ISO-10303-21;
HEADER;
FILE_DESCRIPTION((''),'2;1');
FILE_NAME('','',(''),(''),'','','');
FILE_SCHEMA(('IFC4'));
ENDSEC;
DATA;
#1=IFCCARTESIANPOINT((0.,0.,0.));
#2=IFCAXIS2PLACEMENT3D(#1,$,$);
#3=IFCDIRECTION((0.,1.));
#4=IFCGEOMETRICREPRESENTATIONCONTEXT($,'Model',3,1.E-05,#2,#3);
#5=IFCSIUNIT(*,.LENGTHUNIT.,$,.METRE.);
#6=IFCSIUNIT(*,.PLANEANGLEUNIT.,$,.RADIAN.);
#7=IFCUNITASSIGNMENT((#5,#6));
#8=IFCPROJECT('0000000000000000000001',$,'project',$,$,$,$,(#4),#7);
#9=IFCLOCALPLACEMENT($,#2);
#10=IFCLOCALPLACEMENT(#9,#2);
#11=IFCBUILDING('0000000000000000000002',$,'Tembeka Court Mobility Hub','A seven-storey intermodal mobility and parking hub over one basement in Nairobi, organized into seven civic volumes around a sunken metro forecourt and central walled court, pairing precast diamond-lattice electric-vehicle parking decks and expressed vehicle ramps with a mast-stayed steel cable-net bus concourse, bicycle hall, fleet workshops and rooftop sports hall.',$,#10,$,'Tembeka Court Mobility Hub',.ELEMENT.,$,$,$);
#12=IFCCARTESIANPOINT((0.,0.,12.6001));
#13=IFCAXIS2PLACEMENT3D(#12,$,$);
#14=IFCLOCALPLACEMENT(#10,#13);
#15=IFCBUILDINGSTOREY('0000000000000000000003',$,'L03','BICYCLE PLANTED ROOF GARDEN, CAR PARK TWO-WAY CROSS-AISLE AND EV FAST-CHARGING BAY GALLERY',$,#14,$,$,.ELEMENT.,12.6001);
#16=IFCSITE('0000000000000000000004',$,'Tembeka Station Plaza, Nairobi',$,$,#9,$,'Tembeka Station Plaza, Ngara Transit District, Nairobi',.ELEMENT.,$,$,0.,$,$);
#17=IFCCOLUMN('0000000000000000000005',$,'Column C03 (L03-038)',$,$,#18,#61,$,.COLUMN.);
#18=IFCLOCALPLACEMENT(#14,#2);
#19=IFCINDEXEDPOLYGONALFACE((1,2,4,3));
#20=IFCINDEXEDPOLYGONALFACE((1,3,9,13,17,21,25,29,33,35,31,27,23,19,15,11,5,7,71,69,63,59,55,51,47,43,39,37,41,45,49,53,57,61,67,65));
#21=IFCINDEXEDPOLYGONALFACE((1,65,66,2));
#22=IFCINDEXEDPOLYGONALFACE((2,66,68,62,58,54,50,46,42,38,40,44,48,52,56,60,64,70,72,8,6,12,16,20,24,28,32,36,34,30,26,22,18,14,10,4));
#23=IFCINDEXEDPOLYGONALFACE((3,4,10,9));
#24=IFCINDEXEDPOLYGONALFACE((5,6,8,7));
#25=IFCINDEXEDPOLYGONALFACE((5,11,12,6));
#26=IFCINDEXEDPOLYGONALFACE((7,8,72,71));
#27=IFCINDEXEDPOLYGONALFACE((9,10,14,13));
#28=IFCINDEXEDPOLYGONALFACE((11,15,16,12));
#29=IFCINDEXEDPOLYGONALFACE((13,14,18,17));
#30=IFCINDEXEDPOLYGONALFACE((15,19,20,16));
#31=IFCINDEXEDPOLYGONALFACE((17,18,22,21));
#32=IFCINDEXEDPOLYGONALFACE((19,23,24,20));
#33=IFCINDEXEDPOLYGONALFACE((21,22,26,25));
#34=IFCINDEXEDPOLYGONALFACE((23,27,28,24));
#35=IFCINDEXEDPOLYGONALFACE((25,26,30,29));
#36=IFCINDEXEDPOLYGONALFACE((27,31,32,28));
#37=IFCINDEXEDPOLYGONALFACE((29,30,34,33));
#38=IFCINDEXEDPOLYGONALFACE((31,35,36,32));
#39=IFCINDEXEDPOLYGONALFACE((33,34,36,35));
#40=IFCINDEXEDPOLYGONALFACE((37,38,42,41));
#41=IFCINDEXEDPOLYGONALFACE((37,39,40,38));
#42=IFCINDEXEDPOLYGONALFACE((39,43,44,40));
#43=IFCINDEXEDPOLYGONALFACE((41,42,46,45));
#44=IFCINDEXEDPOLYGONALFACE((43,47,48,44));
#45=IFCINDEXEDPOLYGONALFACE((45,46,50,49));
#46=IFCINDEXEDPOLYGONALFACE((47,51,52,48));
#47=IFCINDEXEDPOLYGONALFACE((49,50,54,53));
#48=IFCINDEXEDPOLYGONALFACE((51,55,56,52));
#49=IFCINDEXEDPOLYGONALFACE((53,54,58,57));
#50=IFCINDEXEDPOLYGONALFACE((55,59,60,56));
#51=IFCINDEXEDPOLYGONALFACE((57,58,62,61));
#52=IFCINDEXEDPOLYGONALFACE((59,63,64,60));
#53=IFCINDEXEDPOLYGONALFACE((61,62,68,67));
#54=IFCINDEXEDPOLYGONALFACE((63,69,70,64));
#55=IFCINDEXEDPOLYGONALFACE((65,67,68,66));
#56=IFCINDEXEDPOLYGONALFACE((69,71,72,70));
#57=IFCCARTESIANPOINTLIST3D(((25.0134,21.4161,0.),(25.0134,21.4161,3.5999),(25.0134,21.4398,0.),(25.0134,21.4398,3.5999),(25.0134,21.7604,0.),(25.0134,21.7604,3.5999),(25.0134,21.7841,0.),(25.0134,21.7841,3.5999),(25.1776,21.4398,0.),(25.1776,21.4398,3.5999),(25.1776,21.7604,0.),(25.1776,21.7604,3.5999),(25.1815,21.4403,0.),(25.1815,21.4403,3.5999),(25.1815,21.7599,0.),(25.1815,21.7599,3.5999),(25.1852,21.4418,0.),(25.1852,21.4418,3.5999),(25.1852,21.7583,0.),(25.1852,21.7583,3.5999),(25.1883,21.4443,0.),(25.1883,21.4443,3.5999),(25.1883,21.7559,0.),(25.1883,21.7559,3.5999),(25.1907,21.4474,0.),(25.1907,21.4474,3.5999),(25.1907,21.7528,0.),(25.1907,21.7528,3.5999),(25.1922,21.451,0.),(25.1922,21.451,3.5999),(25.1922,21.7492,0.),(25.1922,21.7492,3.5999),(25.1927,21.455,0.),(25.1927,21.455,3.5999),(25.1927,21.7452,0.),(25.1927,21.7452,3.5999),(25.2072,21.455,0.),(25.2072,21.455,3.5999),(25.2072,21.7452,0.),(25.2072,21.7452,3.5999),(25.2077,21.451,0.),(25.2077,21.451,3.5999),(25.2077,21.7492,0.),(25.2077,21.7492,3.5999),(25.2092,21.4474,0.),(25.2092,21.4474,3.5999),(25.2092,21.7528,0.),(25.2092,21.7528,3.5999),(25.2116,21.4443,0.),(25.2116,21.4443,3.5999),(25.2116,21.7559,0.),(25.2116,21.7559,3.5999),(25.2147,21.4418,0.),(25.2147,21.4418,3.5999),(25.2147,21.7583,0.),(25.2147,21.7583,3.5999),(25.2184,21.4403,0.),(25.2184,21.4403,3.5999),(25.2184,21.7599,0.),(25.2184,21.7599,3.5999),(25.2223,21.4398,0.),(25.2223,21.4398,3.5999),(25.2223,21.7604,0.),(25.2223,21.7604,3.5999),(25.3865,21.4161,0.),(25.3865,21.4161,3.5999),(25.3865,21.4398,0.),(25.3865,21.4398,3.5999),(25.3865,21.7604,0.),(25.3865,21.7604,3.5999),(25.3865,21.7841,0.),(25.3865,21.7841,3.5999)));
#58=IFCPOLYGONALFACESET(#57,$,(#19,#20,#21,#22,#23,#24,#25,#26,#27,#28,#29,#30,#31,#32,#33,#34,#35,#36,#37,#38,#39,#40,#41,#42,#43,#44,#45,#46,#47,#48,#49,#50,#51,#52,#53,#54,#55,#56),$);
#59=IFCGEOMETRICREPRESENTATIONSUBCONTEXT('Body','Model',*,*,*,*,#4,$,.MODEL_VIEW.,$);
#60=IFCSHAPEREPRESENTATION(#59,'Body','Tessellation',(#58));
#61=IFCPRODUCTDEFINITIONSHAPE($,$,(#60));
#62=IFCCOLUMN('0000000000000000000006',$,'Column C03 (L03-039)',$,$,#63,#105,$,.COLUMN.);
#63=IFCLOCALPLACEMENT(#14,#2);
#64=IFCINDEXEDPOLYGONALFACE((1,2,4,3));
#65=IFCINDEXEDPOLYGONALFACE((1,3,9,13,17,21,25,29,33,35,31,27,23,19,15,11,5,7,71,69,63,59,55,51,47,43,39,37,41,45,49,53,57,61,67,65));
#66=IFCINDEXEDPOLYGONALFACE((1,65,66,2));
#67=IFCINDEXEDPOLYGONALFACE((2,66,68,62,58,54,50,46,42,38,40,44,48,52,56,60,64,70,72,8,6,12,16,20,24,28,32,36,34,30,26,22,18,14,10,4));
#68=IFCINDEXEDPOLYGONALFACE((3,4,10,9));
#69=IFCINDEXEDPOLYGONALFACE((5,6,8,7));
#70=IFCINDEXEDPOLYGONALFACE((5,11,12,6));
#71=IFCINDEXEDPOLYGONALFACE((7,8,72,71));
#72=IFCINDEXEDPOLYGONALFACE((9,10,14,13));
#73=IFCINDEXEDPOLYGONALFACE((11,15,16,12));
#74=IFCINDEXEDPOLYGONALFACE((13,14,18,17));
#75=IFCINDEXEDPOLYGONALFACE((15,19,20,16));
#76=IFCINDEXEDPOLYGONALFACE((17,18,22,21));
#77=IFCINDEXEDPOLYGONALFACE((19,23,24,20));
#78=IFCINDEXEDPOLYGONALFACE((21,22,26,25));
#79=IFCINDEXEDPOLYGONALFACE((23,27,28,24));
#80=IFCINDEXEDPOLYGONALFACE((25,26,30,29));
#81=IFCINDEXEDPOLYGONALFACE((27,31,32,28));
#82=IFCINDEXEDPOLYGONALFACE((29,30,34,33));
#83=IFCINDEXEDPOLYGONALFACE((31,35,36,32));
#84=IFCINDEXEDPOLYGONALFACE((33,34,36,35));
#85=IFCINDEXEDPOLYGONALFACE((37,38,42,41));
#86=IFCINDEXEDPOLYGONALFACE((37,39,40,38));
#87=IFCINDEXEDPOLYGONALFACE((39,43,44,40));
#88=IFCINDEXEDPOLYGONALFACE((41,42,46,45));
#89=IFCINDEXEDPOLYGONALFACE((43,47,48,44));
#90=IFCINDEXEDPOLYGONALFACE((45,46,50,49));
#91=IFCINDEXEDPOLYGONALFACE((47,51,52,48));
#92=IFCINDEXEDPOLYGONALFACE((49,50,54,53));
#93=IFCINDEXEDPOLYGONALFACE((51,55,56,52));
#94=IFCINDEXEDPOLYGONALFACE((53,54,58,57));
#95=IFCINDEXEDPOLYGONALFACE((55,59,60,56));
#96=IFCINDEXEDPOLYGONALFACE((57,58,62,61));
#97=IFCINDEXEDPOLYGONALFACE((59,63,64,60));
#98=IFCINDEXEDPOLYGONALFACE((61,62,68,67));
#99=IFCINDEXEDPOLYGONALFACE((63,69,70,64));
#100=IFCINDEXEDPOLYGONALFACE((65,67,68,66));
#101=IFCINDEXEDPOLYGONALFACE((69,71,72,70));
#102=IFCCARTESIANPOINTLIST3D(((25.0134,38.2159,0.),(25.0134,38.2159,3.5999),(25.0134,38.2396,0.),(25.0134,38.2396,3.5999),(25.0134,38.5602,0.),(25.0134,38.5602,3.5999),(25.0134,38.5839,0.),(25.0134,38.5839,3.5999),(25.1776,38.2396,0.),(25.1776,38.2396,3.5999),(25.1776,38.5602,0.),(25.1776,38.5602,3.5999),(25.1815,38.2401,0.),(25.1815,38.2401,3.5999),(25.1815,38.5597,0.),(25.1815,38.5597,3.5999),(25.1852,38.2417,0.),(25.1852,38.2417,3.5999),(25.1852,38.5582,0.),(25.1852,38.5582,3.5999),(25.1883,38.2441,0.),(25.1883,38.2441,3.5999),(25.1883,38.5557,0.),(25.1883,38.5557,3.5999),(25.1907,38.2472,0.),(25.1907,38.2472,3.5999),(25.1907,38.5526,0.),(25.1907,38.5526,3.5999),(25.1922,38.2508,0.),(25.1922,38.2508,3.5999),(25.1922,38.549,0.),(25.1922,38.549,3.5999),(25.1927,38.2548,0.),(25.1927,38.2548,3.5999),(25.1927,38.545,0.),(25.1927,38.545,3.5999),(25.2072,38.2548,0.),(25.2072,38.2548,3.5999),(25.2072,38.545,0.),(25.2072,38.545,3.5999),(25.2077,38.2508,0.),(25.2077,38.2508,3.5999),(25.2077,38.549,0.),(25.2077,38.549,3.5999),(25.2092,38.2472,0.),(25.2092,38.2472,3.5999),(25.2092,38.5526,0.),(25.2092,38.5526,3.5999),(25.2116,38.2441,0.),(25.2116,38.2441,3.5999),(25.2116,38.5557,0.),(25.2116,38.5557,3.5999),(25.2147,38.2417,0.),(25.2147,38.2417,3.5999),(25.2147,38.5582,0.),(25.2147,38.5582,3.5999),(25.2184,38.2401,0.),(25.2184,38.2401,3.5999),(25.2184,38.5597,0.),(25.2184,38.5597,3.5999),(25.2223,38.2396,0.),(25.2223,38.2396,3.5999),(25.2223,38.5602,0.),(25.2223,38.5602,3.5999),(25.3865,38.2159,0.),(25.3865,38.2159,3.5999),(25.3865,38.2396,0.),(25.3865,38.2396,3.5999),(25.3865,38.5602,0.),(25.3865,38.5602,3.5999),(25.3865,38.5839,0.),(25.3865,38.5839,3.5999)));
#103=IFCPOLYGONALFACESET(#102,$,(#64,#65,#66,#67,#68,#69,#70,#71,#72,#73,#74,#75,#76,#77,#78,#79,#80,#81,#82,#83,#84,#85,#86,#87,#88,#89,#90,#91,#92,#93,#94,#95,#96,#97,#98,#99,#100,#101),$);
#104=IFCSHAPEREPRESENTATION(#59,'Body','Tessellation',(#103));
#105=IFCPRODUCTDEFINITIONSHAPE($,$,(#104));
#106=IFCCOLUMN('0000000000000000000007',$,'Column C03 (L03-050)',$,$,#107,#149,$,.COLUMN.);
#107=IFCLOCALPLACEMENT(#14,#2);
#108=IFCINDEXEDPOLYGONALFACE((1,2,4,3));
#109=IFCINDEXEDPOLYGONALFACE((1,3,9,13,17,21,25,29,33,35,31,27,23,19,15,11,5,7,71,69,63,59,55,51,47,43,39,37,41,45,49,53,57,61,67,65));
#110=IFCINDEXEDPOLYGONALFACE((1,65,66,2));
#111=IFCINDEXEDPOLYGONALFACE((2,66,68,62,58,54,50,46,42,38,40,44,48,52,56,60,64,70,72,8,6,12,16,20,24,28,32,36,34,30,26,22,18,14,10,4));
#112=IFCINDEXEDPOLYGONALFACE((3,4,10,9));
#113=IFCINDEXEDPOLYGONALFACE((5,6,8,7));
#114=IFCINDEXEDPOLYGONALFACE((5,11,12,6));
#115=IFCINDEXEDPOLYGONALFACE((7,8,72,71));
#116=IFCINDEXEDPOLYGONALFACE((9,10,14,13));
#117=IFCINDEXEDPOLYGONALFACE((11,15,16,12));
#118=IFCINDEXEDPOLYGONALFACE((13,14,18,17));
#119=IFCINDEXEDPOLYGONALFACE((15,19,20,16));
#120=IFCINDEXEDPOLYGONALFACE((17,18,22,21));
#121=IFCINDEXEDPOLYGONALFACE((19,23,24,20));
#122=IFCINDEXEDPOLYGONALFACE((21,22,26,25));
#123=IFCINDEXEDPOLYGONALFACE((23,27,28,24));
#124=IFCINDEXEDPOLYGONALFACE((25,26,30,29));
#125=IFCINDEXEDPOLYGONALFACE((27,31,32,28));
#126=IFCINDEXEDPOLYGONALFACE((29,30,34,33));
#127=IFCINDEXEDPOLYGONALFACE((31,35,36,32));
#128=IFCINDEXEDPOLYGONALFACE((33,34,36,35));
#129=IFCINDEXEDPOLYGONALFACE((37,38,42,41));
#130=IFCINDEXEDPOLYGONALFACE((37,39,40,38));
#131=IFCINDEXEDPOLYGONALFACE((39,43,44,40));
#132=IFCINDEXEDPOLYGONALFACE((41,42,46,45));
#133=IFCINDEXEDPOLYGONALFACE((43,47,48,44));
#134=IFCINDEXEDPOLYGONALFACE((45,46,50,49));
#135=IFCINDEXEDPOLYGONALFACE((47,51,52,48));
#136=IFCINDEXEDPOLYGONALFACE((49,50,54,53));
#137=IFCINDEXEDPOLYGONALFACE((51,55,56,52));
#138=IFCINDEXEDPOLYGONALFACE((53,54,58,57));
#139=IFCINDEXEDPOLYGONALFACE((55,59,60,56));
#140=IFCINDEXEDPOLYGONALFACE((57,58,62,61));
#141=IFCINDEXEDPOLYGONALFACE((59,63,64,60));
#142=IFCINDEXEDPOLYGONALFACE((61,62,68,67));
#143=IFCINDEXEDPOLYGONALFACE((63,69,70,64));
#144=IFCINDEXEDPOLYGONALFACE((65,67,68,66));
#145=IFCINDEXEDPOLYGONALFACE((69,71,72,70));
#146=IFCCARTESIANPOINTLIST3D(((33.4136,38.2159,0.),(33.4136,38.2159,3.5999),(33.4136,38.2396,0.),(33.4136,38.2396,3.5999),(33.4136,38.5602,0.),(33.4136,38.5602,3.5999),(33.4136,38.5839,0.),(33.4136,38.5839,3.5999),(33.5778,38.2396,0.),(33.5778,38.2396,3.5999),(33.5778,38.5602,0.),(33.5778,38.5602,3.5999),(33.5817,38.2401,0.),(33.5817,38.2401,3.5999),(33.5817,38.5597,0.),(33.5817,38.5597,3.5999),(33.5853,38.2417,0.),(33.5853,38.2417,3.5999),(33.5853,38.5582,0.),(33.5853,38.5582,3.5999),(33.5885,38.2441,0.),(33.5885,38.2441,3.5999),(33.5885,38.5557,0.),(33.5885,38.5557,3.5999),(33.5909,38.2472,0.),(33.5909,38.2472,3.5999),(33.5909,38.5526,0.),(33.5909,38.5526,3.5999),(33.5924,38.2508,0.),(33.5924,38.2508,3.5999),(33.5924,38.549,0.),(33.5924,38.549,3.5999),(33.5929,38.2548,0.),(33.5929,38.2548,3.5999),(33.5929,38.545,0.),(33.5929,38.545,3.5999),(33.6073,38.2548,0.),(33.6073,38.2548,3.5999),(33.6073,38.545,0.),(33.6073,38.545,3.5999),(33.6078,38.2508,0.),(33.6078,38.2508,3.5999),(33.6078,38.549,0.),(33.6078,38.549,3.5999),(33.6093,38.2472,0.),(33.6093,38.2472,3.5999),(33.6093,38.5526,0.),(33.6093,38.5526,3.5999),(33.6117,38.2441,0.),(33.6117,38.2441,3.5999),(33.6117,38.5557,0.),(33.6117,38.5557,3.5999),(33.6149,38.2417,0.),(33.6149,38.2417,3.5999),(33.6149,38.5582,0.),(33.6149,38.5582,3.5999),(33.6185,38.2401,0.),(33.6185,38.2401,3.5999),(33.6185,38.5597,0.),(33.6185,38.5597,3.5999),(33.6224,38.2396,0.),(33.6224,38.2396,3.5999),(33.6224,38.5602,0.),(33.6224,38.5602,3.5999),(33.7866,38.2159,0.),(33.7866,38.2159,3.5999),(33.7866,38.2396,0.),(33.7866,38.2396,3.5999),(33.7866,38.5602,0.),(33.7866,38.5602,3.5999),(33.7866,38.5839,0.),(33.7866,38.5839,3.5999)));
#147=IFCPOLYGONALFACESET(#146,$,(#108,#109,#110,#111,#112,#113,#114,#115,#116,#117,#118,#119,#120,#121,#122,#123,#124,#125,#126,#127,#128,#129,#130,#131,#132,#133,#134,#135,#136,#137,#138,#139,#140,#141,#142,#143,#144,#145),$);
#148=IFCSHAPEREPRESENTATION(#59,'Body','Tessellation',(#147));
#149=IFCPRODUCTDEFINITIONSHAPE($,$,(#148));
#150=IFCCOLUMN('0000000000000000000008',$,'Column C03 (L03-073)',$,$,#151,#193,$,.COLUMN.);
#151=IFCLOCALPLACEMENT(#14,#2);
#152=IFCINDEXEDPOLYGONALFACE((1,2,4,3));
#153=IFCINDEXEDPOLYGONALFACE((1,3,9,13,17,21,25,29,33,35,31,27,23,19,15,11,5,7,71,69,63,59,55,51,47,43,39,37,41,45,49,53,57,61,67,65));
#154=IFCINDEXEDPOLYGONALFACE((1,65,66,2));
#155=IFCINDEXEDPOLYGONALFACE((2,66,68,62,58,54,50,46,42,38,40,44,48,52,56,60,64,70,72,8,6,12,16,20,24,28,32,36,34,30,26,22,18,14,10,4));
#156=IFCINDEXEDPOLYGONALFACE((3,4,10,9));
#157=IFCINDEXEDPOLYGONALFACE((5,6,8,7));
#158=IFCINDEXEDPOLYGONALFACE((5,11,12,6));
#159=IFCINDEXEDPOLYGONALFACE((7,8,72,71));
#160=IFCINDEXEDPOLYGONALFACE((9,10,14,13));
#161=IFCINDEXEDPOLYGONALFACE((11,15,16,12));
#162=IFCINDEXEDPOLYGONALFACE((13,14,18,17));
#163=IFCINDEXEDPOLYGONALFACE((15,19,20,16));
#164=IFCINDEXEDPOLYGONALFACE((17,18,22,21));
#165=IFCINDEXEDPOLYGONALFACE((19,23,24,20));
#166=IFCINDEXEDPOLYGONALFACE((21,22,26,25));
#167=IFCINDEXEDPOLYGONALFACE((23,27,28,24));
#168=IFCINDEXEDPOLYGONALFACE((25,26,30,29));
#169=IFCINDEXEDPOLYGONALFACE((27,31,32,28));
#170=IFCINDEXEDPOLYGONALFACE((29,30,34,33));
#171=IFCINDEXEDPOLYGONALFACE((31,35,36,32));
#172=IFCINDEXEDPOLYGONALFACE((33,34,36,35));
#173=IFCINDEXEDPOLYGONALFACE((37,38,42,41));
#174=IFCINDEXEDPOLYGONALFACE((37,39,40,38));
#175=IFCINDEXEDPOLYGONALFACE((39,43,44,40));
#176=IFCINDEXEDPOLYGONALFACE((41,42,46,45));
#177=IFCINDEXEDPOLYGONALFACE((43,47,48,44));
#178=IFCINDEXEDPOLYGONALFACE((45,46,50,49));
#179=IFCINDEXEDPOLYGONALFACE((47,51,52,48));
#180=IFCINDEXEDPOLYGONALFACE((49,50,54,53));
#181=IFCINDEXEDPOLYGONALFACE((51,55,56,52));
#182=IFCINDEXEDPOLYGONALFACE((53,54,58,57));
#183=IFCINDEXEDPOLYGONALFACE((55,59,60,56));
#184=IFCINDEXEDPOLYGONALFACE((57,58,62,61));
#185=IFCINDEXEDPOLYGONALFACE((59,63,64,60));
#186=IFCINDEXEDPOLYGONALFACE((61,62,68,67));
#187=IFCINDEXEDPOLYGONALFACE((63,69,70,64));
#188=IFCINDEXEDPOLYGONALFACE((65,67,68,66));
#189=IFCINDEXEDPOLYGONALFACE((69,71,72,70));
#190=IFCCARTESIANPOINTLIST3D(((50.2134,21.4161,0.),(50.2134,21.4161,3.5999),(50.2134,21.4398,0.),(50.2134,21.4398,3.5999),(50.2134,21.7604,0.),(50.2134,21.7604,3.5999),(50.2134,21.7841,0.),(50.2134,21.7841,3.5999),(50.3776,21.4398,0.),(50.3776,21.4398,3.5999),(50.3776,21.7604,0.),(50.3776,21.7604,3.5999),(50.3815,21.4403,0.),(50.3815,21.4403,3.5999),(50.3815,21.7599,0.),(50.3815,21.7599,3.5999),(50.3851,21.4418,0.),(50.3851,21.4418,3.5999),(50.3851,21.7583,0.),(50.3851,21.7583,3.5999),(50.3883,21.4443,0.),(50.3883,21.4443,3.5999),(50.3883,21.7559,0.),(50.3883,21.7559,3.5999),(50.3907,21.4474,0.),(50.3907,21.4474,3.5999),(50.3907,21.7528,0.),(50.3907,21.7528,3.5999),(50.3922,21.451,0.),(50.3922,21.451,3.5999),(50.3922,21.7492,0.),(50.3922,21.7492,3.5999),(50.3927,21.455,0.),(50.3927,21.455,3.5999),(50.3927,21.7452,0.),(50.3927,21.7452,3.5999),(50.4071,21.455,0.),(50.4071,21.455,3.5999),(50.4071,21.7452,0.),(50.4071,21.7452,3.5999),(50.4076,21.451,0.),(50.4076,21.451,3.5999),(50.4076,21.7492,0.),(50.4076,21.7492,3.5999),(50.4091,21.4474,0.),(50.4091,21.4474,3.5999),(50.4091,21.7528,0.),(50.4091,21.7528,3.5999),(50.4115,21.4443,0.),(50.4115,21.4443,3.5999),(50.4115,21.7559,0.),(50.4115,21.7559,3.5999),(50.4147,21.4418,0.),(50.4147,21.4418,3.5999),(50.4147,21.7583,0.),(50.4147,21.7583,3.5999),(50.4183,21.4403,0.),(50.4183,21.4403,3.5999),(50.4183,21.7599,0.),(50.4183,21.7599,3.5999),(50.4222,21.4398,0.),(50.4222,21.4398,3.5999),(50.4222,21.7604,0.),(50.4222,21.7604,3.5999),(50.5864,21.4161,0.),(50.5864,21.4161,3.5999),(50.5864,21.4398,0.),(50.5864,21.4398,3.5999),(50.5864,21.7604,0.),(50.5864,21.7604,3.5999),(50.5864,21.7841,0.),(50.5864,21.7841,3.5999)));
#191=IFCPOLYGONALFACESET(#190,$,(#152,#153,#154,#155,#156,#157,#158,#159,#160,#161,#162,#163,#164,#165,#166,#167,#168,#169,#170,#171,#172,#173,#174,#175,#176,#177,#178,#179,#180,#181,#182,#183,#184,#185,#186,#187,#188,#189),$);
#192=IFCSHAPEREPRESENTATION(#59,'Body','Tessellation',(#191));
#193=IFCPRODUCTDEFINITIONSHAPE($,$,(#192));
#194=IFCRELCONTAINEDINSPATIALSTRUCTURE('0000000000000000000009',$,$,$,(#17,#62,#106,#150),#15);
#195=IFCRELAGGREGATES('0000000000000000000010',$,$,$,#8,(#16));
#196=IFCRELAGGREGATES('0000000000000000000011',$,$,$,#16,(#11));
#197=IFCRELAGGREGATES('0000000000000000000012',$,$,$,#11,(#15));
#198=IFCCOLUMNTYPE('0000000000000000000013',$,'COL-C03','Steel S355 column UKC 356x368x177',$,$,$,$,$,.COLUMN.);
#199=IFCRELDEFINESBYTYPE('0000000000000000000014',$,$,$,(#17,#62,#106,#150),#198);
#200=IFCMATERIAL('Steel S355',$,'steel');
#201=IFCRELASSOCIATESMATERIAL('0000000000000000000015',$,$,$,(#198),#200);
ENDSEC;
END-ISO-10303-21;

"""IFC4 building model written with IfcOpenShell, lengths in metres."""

from ifc_helpers import new_model, si_unit, direction, frame, origin, origin_2d, place, context, subcontext, project, spatial, i_section, extrude, material, material_profile, profile_set, type_object, element, save


model = new_model("IFC4")

# Units and contexts
model_context = context("Model", 3, precision=1e-05, world=origin(), true_north=direction((0.0, 1.0)))
body_context = subcontext(model_context, "Body", "Model", "MODEL_VIEW")
ifc_project = project(units=[si_unit("LENGTHUNIT", "METRE"), si_unit("PLANEANGLEUNIT", "RADIAN")], contexts=[model_context])

# Site, building, storey
site_placement = place(None, origin())
site = spatial("IfcSite", under=ifc_project, at=site_placement, Name="Tembeka Station Plaza, Nairobi", LongName="Tembeka Station Plaza, Ngara Transit District, Nairobi", CompositionType="ELEMENT", RefElevation=0.0)
building_placement = place(site_placement, origin())
building = spatial("IfcBuilding", under=site, at=building_placement, Name="Tembeka Court Mobility Hub", Description="A seven-storey intermodal mobility and parking hub over one basement in Nairobi, organized into seven civic volumes around a sunken metro forecourt and central walled court, pairing precast diamond-lattice electric-vehicle parking decks and expressed vehicle ramps with a mast-stayed steel cable-net bus concourse, bicycle hall, fleet workshops and rooftop sports hall.", LongName="Tembeka Court Mobility Hub", CompositionType="ELEMENT")
storey_placement = place(building_placement, frame((0.0, 0.0, 12.6001)))
storey = spatial("IfcBuildingStorey", under=building, at=storey_placement, Name="L03", Description="BICYCLE PLANTED ROOF GARDEN, CAR PARK TWO-WAY CROSS-AISLE AND EV FAST-CHARGING BAY GALLERY", CompositionType="ELEMENT", Elevation=12.6001)

# Columns
ifc_material_1 = material(Name="Steel S355", Category="steel")
ifc_material_profile_1 = material_profile(ifc_material_1, i_section(OverallWidth=0.373, OverallDepth=0.3679, WebThickness=0.0144, FlangeThickness=0.0237, FilletRadius=0.0151, at=origin_2d()), Name="UKC 356x368x177")
ifc_profile_set_1 = profile_set([ifc_material_profile_1], Name="Steel S355")
column_type_1 = type_object("IfcColumnType", Name="COL-C03", Description="Steel S355 column UKC 356x368x177", PredefinedType="COLUMN", material=ifc_profile_set_1)
for number, where, z_axis, x_axis, name in (
    (1, (25.2, 21.6001, 0.0), (0.0, 0.0, 1.0), (1.0, 0.0, 0.0), "Column C03 (L03-038)"),
    (2, (25.2, 38.3999, 0.0), (0.0, 0.0, 1.0), (1.0, 0.0, 0.0), "Column C03 (L03-039)"),
    (3, (33.6001, 38.3999, 0.0), (0.0, 0.0, 1.0), (1.0, 0.0, 0.0), "Column C03 (L03-050)"),
    (4, (50.3999, 21.6001, 0.0), (0.0, 0.0, 1.0), (1.0, 0.0, 0.0), "Column C03 (L03-073)"),
):
    element("IfcColumn", number, at=place(storey_placement, frame(where, z_axis=z_axis, x_axis=x_axis)), inside=storey, type_object=column_type_1, Name=name, PredefinedType="COLUMN", context=body_context, shape_type="SweptSolid", body=[
        extrude(i_section(OverallWidth=0.373, OverallDepth=0.3679, WebThickness=0.0144, FlangeThickness=0.0237, FilletRadius=0.0151, at=origin_2d()), origin(), (0.0, 0.0, 1.0), 3.5999),
    ])

save(model, "model.ifc")
